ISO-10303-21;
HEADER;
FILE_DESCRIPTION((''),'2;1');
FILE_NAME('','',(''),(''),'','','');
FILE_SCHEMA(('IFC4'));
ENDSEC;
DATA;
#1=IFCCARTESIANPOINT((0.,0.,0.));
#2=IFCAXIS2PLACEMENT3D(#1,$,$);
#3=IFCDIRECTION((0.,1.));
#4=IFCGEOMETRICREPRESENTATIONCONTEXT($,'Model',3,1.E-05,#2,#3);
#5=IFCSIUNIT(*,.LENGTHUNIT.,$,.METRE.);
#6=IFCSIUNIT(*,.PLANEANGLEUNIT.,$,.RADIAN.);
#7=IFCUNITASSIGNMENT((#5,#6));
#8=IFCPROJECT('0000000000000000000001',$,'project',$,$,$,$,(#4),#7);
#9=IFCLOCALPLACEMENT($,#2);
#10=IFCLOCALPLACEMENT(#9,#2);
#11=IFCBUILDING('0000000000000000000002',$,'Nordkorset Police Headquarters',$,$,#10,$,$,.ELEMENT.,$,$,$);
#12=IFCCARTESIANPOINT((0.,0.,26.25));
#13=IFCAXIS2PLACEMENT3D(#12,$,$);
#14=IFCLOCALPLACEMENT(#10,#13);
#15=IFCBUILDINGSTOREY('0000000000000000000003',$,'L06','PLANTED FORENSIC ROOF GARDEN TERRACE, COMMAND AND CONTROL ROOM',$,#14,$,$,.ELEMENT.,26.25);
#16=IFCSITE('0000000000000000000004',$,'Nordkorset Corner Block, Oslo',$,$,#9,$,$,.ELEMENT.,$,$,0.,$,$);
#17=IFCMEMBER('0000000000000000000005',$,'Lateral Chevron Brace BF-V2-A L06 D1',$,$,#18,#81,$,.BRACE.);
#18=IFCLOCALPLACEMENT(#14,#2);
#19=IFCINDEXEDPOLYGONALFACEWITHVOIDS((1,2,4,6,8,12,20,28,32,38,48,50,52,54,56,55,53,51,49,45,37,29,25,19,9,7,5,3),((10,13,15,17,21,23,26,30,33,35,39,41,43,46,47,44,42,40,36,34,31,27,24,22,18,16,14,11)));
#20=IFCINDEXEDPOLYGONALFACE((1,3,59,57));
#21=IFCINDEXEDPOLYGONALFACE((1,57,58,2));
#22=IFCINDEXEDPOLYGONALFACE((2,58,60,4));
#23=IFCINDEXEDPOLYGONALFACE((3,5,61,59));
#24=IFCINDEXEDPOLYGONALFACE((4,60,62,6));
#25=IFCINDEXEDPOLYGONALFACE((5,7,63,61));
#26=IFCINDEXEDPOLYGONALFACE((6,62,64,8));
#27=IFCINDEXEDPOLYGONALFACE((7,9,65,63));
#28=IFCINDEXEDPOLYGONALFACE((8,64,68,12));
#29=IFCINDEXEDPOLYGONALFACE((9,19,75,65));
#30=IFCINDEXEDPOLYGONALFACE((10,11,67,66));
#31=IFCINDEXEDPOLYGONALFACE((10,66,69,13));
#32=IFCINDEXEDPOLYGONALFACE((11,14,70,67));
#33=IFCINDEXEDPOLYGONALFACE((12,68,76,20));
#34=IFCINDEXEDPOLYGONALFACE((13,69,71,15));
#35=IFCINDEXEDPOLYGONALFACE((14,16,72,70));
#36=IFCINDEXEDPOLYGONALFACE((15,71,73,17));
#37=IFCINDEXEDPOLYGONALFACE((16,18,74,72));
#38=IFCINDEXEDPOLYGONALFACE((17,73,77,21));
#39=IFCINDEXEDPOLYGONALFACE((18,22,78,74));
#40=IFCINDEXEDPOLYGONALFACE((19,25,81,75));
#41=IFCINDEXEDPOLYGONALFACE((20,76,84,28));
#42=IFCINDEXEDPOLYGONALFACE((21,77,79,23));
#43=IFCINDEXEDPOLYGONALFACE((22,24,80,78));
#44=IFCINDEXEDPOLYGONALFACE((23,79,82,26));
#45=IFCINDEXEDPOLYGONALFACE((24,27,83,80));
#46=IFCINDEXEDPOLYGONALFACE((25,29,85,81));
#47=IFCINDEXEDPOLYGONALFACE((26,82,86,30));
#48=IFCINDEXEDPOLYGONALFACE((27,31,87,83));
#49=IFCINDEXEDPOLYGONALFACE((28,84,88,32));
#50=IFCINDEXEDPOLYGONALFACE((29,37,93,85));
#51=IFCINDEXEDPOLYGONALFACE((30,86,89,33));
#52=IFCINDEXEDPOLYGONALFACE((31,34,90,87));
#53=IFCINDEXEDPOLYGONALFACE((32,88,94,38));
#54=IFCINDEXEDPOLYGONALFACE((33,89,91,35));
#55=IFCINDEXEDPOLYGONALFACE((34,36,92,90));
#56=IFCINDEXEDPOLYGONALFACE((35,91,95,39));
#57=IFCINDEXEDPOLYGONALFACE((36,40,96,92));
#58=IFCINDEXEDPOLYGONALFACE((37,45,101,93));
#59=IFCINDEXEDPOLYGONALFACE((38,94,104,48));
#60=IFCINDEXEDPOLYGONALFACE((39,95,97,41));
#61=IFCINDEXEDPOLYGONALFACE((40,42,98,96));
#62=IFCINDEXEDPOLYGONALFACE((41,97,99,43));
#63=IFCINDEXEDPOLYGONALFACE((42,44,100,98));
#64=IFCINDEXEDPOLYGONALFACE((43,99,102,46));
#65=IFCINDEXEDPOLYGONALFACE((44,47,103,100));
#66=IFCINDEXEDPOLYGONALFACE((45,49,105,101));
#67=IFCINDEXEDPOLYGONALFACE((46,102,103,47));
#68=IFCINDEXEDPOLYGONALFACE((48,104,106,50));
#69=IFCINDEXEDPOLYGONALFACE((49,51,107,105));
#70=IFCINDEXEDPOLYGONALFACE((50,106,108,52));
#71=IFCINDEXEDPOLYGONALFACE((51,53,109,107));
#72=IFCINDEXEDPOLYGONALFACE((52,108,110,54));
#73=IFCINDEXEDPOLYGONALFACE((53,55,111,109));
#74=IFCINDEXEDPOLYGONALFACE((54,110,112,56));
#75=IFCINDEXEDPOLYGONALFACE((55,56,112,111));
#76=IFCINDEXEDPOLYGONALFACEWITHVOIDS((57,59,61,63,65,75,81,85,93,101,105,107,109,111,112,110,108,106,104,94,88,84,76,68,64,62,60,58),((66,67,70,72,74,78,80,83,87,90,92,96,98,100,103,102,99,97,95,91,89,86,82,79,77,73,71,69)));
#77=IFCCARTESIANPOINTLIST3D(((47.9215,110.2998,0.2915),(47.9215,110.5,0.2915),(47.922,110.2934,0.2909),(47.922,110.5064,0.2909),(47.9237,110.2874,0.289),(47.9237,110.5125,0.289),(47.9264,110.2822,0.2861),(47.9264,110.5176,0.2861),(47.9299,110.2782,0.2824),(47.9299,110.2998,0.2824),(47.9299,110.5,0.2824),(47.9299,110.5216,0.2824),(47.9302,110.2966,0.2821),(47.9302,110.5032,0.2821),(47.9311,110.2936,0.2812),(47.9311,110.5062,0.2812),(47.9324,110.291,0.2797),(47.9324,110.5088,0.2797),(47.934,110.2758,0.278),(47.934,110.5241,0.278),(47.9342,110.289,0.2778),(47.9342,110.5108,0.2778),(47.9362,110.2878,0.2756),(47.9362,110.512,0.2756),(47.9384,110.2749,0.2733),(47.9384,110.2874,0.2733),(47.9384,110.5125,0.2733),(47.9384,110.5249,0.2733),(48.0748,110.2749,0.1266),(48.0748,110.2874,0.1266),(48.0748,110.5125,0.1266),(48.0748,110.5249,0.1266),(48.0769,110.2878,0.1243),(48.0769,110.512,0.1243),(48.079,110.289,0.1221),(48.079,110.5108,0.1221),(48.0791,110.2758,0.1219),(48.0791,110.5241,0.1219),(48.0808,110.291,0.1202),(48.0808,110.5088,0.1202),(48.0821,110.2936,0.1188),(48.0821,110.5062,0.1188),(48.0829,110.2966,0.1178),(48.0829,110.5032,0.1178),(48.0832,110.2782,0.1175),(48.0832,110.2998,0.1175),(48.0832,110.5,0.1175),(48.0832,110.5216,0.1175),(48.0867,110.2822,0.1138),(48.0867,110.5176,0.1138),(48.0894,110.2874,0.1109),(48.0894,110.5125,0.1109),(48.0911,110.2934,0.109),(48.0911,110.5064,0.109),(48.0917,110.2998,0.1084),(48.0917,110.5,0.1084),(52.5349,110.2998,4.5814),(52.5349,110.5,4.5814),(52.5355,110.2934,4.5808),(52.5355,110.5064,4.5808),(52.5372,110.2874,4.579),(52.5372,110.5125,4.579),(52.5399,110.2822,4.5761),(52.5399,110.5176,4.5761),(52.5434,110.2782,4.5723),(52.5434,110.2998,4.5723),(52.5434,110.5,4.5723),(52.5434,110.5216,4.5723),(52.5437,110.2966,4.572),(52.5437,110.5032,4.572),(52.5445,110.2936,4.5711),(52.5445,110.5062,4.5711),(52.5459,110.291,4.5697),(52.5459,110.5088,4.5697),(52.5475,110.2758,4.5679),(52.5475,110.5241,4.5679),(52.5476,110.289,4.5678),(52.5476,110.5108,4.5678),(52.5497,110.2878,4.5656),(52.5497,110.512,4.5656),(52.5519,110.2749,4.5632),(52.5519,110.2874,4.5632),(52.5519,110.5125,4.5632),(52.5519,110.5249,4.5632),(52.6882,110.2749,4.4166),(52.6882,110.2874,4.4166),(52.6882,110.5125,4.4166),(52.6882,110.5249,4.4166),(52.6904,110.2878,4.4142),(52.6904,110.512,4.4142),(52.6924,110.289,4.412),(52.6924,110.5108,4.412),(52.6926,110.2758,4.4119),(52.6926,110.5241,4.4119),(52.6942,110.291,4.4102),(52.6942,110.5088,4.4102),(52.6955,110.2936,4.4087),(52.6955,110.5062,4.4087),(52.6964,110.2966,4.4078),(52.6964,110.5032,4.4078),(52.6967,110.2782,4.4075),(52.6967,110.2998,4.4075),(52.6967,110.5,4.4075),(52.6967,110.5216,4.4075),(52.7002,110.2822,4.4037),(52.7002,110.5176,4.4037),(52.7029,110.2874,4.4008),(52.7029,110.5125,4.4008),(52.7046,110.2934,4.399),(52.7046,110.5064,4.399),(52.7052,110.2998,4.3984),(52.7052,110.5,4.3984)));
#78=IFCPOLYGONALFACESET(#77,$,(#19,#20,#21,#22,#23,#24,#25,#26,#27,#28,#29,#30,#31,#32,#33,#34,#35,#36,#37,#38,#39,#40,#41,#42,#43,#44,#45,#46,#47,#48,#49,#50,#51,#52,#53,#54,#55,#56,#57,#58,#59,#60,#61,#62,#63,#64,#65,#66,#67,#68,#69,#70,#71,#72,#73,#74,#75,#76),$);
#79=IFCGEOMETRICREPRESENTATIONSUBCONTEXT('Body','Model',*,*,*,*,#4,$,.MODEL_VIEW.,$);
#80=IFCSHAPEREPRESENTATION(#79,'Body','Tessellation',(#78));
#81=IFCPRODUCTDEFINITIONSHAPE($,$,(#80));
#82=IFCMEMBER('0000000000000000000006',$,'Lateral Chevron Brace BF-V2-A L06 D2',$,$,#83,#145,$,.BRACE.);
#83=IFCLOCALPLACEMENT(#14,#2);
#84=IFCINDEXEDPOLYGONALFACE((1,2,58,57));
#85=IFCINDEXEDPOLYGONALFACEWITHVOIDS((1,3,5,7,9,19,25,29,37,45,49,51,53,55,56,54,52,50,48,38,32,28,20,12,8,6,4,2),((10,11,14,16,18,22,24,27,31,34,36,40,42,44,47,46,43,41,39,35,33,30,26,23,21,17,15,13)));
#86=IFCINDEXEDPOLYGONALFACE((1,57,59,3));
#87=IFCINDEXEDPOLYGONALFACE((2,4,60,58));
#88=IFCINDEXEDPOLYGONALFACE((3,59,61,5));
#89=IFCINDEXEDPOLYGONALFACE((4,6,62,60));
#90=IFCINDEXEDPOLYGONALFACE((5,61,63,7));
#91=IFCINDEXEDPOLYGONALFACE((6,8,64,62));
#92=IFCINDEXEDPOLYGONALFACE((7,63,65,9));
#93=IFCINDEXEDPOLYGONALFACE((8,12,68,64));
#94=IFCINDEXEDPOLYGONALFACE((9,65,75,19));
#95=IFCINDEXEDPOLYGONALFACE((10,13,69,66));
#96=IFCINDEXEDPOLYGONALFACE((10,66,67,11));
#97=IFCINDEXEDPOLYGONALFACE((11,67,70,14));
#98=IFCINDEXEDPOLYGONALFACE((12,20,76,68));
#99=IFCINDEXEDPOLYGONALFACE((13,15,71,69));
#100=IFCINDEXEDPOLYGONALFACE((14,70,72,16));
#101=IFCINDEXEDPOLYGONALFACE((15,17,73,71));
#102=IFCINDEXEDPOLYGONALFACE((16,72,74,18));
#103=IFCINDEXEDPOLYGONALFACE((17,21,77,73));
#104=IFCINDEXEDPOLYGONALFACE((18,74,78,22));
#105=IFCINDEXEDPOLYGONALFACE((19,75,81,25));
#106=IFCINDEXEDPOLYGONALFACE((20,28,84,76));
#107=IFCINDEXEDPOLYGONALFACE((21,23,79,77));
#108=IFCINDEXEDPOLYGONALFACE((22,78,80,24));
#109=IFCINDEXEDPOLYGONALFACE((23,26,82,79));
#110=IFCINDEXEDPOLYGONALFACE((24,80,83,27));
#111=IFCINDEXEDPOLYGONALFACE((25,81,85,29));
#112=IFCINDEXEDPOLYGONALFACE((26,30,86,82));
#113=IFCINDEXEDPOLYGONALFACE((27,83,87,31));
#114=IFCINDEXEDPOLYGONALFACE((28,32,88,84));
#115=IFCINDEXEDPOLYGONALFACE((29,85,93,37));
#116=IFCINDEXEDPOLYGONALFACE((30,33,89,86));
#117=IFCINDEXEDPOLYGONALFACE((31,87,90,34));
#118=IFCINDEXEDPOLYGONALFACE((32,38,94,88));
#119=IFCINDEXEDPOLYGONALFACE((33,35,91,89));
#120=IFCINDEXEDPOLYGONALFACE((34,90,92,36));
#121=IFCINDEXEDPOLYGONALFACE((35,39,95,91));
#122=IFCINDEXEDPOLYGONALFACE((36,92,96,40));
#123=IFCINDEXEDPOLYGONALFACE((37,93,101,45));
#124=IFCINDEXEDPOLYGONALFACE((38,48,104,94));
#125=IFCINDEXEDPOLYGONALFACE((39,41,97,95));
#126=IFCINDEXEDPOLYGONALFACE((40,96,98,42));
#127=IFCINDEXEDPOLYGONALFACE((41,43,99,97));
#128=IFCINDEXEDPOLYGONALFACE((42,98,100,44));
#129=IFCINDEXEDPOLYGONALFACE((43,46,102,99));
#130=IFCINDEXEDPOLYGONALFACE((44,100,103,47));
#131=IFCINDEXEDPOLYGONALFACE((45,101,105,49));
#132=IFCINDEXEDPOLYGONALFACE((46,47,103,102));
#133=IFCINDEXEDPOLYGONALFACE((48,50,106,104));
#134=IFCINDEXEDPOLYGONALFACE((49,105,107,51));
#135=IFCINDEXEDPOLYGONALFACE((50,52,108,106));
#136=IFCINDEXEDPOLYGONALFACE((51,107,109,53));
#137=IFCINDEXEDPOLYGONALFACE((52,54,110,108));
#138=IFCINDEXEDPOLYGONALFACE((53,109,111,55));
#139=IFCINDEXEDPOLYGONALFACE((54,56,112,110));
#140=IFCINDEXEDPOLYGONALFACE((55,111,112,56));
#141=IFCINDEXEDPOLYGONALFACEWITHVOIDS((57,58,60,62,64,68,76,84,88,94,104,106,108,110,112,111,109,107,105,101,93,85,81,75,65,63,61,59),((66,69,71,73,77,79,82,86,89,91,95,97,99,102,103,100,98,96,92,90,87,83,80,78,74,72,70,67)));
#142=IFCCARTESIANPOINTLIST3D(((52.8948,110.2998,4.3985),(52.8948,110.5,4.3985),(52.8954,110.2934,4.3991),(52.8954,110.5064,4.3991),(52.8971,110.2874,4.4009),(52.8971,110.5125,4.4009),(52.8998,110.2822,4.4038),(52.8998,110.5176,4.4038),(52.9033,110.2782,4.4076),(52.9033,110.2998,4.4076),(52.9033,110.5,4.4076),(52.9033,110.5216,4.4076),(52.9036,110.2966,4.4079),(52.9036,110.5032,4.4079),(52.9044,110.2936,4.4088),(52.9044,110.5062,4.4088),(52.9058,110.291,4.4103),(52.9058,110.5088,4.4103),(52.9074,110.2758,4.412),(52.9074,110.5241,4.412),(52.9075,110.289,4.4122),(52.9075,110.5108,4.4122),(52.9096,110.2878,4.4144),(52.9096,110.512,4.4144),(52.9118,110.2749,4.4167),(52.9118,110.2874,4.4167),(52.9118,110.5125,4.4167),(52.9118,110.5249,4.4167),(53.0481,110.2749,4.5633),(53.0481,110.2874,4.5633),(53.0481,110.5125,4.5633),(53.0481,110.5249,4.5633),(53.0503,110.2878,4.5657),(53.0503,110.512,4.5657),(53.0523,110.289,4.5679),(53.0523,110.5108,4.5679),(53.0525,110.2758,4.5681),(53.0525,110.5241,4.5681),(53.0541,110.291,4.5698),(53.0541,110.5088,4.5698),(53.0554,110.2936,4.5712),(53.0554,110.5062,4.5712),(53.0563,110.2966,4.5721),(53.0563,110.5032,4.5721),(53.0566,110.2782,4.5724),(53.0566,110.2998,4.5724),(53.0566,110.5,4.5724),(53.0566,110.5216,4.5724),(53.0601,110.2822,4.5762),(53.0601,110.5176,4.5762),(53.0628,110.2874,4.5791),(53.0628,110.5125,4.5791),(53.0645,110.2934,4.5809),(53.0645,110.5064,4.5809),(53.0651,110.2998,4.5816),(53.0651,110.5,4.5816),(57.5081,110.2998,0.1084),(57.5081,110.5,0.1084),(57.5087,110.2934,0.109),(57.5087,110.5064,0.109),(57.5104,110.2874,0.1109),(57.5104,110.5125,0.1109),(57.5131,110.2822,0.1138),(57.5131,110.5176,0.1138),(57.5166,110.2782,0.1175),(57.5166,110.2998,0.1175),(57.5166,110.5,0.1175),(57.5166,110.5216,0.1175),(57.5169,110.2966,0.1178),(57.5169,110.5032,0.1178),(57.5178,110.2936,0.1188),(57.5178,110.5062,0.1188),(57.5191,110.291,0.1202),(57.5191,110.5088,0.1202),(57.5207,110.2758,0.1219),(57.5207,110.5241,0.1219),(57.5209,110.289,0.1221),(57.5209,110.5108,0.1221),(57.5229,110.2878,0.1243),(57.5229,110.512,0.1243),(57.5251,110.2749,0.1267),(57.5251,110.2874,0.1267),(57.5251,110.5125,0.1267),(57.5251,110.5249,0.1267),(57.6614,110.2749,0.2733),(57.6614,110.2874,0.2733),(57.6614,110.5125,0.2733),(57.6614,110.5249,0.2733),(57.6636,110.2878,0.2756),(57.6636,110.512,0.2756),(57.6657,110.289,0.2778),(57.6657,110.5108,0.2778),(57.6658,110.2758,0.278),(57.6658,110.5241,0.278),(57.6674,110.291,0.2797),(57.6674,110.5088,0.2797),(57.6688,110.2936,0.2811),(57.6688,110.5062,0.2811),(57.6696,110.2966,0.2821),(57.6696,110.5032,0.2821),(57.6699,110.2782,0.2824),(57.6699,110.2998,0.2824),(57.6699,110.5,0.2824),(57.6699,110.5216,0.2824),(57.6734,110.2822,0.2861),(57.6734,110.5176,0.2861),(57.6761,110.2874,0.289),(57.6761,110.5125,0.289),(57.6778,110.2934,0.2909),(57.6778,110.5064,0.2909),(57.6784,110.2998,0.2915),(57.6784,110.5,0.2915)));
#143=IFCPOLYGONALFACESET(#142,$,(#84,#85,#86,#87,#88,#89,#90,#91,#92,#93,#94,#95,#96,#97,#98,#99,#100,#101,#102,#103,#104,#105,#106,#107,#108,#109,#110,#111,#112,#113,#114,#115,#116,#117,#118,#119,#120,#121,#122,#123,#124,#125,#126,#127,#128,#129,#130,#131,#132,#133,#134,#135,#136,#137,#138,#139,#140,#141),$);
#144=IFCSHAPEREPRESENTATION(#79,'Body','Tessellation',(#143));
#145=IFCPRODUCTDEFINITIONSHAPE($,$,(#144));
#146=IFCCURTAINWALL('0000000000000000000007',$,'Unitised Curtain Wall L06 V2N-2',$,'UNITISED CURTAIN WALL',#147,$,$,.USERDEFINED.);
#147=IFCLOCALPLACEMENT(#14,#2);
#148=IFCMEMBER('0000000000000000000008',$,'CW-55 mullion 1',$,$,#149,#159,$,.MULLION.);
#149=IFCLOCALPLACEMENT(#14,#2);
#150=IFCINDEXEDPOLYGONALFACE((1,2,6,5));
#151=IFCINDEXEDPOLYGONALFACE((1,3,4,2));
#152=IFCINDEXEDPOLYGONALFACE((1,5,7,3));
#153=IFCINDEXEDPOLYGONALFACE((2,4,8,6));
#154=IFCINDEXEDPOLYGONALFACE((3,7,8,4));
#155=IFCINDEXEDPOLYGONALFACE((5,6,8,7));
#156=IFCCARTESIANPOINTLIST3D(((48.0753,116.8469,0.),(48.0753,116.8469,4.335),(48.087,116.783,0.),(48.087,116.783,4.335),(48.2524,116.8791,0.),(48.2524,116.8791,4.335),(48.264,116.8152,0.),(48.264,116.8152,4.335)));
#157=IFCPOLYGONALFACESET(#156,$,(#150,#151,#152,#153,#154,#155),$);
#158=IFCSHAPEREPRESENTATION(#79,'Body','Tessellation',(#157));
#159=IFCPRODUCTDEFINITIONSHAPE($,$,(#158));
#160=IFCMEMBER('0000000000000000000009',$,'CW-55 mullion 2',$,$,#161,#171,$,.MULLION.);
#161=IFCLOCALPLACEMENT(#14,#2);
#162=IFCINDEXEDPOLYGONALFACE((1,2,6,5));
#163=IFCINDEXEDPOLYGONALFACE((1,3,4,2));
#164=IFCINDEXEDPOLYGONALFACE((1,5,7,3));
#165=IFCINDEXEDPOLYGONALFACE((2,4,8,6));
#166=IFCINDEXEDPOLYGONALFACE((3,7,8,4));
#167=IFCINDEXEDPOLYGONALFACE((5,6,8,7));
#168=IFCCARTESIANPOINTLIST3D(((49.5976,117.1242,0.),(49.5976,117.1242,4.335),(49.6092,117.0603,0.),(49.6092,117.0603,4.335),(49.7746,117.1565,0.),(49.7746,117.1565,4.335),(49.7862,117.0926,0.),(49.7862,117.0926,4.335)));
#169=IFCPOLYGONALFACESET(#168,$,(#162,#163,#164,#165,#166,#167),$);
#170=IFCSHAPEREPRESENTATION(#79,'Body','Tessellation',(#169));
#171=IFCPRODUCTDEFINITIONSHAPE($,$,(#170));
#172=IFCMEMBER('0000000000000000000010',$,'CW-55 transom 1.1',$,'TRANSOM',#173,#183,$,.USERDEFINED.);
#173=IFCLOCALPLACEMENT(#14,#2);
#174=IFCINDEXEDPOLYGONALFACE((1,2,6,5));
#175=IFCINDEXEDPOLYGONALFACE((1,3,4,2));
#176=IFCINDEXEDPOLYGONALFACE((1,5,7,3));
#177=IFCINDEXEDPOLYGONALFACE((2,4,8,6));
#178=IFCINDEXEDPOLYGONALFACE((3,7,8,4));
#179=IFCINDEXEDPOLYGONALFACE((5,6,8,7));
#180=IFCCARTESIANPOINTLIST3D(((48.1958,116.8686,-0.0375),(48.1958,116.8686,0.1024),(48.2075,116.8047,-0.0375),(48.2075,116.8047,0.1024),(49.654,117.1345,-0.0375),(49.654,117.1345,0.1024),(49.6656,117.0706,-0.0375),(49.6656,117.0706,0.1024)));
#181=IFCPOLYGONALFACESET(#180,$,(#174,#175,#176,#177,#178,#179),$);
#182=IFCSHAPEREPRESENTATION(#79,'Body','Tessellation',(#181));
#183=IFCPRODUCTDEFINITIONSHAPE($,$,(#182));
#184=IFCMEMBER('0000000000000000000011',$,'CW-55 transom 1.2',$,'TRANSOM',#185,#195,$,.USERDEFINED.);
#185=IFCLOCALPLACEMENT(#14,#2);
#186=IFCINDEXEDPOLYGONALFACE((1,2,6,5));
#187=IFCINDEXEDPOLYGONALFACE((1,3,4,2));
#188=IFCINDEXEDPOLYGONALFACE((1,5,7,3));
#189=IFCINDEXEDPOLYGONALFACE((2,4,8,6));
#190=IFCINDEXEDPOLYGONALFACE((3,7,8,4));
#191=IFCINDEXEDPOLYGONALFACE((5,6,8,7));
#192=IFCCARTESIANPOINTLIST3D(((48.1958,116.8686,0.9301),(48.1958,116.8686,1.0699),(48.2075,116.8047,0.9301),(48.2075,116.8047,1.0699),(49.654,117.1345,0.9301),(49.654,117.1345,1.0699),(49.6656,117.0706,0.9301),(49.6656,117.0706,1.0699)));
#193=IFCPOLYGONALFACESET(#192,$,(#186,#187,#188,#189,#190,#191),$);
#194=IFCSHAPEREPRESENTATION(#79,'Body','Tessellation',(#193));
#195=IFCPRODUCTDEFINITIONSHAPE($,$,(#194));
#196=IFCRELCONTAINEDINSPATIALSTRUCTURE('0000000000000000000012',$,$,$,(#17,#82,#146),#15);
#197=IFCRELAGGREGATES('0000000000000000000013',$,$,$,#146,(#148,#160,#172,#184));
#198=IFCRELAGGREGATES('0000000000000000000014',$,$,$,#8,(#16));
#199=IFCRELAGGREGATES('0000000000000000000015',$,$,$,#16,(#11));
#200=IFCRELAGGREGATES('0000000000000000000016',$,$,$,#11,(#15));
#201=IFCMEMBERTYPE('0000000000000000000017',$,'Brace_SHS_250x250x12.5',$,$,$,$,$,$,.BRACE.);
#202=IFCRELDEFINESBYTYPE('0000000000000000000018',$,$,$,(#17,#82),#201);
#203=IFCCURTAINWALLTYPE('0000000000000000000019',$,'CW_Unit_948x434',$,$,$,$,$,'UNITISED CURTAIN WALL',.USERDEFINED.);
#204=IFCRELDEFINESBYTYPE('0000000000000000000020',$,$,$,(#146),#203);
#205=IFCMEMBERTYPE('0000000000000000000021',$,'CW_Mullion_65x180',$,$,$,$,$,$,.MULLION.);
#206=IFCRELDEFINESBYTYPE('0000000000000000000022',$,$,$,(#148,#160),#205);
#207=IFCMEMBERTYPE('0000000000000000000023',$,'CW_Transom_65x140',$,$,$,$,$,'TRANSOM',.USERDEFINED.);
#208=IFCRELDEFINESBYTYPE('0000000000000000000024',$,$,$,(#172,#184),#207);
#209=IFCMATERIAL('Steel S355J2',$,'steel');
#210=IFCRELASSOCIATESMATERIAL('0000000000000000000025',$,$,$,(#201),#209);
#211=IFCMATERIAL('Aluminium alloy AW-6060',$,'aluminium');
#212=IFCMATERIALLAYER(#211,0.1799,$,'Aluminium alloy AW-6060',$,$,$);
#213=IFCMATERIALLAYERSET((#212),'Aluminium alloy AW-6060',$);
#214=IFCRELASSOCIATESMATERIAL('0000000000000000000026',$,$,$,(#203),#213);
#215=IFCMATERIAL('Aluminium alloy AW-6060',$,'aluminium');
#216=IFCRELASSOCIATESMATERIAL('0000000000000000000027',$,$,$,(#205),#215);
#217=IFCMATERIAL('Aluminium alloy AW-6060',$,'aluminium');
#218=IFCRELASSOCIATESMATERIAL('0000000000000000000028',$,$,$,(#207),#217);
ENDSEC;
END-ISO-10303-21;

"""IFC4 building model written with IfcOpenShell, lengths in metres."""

from ifc_helpers import new_model, si_unit, direction, frame, origin, origin_2d, place, context, subcontext, project, spatial, rectangle, hollow_rectangle, extrude, material, layer, layer_set, material_profile, profile_set, type_object, element, aggregate, save


model = new_model("IFC4")

# Units and contexts
model_context = context("Model", 3, precision=1e-05, world=origin(), true_north=direction((0.0, 1.0)))
body_context = subcontext(model_context, "Body", "Model", "MODEL_VIEW")
ifc_project = project(units=[si_unit("LENGTHUNIT", "METRE"), si_unit("PLANEANGLEUNIT", "RADIAN")], contexts=[model_context])

# Site, building, storey
site_placement = place(None, origin())
site = spatial("IfcSite", under=ifc_project, at=site_placement, Name="Nordkorset Corner Block, Oslo", CompositionType="ELEMENT", RefElevation=0.0)
building_placement = place(site_placement, origin())
building = spatial("IfcBuilding", under=site, at=building_placement, Name="Nordkorset Police Headquarters", CompositionType="ELEMENT")
storey_placement = place(building_placement, frame((0.0, 0.0, 26.25)))
storey = spatial("IfcBuildingStorey", under=building, at=storey_placement, Name="L06", Description="PLANTED FORENSIC ROOF GARDEN TERRACE, COMMAND AND CONTROL ROOM", CompositionType="ELEMENT", Elevation=26.25)

# Members
ifc_material_1 = material(Name="Steel S355J2", Category="steel")
ifc_material_profile_1 = material_profile(ifc_material_1, hollow_rectangle(XDim=0.25, YDim=0.25, WallThickness=0.0125, InnerFilletRadius=0.0125, OuterFilletRadius=0.0249, at=origin_2d()), Name="SHS 250x250x12.5")
ifc_profile_set_1 = profile_set([ifc_material_profile_1], Name="Steel S355J2")
member_type_1 = type_object("IfcMemberType", Name="Brace_SHS_250x250x12.5", PredefinedType="BRACE", material=ifc_profile_set_1)
for number, where, z_axis, x_axis, name in (
    (1, (48.0066, 110.3999, 0.2), (0.732314, 0.0, 0.680967), (0.0, 1.0, 0.0), "Lateral Chevron Brace BF-V2-A L06 D1"),
    (2, (57.5933, 110.3999, 0.2), (-0.732296, 0.0, 0.680986), (0.0, -1.0, 0.0), "Lateral Chevron Brace BF-V2-A L06 D2"),
):
    element("IfcMember", number, at=place(storey_placement, frame(where, z_axis=z_axis, x_axis=x_axis)), inside=storey, type_object=member_type_1, Name=name, PredefinedType="BRACE", context=body_context, shape_type="SweptSolid", body=[
        extrude(hollow_rectangle(XDim=0.25, YDim=0.25, WallThickness=0.0125, InnerFilletRadius=0.0125, OuterFilletRadius=0.0249, at=origin_2d()), origin(), (0.0, 0.0, 1.0), 6.2998),
    ])

# Curtain wall, members
ifc_material_2 = material(Name="Aluminium alloy AW-6060", Category="aluminium")
ifc_layer_1 = layer(ifc_material_2, 0.1799, Name="Aluminium alloy AW-6060")
ifc_layer_set_1 = layer_set([ifc_layer_1], Name="Aluminium alloy AW-6060")
curtain_wall_type = type_object("IfcCurtainWallType", Name="CW_Unit_948x434", ElementType="UNITISED CURTAIN WALL", PredefinedType="USERDEFINED", material=ifc_layer_set_1)
curtain_wall_placement = place(storey_placement, origin())
curtain_wall = element("IfcCurtainWall", 3, at=curtain_wall_placement, inside=storey, type_object=curtain_wall_type, Name="Unitised Curtain Wall L06 V2N-2", ObjectType="UNITISED CURTAIN WALL", PredefinedType="USERDEFINED")
ifc_material_3 = material(Name="Aluminium alloy AW-6060", Category="aluminium")
ifc_material_profile_2 = material_profile(ifc_material_3, rectangle(XDim=0.0649, YDim=0.1799, at=origin_2d()), Name="ALU MULL 65x180")
ifc_profile_set_2 = profile_set([ifc_material_profile_2], Name="Aluminium alloy AW-6060")
member_type_2 = type_object("IfcMemberType", Name="CW_Mullion_65x180", PredefinedType="MULLION", material=ifc_profile_set_2)
member_1_placement = place(storey_placement, frame((48.1697, 116.8311, 0.0), z_axis=(0.0, 0.0, 1.0), x_axis=(-0.179336, 0.983788, 0.0)))
member_1 = element("IfcMember", 4, at=member_1_placement, type_object=member_type_2, Name="CW-55 mullion 1", PredefinedType="MULLION", context=body_context, shape_type="SweptSolid", body=[
    extrude(rectangle(XDim=0.0649, YDim=0.1799, at=origin_2d()), origin(), (0.0, 0.0, 1.0), 4.335),
])
member_2_placement = place(storey_placement, frame((49.6919, 117.1084, 0.0), z_axis=(0.0, 0.0, 1.0), x_axis=(-0.179336, 0.983788, 0.0)))
member_2 = element("IfcMember", 5, at=member_2_placement, type_object=member_type_2, Name="CW-55 mullion 2", PredefinedType="MULLION", context=body_context, shape_type="SweptSolid", body=[
    extrude(rectangle(XDim=0.0649, YDim=0.1799, at=origin_2d()), origin(), (0.0, 0.0, 1.0), 4.335),
])
ifc_material_4 = material(Name="Aluminium alloy AW-6060", Category="aluminium")
ifc_material_profile_3 = material_profile(ifc_material_4, rectangle(XDim=0.0649, YDim=0.1399, at=origin_2d()), Name="ALU TRAN 65x140")
ifc_profile_set_3 = profile_set([ifc_material_profile_3], Name="Aluminium alloy AW-6060")
member_type_3 = type_object("IfcMemberType", Name="CW_Transom_65x140", ElementType="TRANSOM", PredefinedType="USERDEFINED", material=ifc_profile_set_3)
member_3_placement = place(storey_placement, frame((48.2017, 116.8367, 0.0325), z_axis=(0.983783, 0.179364, 0.0), x_axis=(-0.179364, 0.983783, 0.0)))
member_3 = element("IfcMember", 6, at=member_3_placement, type_object=member_type_3, Name="CW-55 transom 1.1", ObjectType="TRANSOM", PredefinedType="USERDEFINED", context=body_context, shape_type="SweptSolid", body=[
    extrude(rectangle(XDim=0.0649, YDim=0.1399, at=origin_2d()), origin(), (0.0, 0.0, 1.0), 1.4822),
])
member_4_placement = place(storey_placement, frame((48.2017, 116.8367, 1.0), z_axis=(0.983783, 0.179364, 0.0), x_axis=(-0.179364, 0.983783, 0.0)))
member_4 = element("IfcMember", 7, at=member_4_placement, type_object=member_type_3, Name="CW-55 transom 1.2", ObjectType="TRANSOM", PredefinedType="USERDEFINED", context=body_context, shape_type="SweptSolid", body=[
    extrude(rectangle(XDim=0.0649, YDim=0.1399, at=origin_2d()), origin(), (0.0, 0.0, 1.0), 1.4822),
])

aggregate(curtain_wall, [member_1, member_2, member_3, member_4])

save(model, "model.ifc")
